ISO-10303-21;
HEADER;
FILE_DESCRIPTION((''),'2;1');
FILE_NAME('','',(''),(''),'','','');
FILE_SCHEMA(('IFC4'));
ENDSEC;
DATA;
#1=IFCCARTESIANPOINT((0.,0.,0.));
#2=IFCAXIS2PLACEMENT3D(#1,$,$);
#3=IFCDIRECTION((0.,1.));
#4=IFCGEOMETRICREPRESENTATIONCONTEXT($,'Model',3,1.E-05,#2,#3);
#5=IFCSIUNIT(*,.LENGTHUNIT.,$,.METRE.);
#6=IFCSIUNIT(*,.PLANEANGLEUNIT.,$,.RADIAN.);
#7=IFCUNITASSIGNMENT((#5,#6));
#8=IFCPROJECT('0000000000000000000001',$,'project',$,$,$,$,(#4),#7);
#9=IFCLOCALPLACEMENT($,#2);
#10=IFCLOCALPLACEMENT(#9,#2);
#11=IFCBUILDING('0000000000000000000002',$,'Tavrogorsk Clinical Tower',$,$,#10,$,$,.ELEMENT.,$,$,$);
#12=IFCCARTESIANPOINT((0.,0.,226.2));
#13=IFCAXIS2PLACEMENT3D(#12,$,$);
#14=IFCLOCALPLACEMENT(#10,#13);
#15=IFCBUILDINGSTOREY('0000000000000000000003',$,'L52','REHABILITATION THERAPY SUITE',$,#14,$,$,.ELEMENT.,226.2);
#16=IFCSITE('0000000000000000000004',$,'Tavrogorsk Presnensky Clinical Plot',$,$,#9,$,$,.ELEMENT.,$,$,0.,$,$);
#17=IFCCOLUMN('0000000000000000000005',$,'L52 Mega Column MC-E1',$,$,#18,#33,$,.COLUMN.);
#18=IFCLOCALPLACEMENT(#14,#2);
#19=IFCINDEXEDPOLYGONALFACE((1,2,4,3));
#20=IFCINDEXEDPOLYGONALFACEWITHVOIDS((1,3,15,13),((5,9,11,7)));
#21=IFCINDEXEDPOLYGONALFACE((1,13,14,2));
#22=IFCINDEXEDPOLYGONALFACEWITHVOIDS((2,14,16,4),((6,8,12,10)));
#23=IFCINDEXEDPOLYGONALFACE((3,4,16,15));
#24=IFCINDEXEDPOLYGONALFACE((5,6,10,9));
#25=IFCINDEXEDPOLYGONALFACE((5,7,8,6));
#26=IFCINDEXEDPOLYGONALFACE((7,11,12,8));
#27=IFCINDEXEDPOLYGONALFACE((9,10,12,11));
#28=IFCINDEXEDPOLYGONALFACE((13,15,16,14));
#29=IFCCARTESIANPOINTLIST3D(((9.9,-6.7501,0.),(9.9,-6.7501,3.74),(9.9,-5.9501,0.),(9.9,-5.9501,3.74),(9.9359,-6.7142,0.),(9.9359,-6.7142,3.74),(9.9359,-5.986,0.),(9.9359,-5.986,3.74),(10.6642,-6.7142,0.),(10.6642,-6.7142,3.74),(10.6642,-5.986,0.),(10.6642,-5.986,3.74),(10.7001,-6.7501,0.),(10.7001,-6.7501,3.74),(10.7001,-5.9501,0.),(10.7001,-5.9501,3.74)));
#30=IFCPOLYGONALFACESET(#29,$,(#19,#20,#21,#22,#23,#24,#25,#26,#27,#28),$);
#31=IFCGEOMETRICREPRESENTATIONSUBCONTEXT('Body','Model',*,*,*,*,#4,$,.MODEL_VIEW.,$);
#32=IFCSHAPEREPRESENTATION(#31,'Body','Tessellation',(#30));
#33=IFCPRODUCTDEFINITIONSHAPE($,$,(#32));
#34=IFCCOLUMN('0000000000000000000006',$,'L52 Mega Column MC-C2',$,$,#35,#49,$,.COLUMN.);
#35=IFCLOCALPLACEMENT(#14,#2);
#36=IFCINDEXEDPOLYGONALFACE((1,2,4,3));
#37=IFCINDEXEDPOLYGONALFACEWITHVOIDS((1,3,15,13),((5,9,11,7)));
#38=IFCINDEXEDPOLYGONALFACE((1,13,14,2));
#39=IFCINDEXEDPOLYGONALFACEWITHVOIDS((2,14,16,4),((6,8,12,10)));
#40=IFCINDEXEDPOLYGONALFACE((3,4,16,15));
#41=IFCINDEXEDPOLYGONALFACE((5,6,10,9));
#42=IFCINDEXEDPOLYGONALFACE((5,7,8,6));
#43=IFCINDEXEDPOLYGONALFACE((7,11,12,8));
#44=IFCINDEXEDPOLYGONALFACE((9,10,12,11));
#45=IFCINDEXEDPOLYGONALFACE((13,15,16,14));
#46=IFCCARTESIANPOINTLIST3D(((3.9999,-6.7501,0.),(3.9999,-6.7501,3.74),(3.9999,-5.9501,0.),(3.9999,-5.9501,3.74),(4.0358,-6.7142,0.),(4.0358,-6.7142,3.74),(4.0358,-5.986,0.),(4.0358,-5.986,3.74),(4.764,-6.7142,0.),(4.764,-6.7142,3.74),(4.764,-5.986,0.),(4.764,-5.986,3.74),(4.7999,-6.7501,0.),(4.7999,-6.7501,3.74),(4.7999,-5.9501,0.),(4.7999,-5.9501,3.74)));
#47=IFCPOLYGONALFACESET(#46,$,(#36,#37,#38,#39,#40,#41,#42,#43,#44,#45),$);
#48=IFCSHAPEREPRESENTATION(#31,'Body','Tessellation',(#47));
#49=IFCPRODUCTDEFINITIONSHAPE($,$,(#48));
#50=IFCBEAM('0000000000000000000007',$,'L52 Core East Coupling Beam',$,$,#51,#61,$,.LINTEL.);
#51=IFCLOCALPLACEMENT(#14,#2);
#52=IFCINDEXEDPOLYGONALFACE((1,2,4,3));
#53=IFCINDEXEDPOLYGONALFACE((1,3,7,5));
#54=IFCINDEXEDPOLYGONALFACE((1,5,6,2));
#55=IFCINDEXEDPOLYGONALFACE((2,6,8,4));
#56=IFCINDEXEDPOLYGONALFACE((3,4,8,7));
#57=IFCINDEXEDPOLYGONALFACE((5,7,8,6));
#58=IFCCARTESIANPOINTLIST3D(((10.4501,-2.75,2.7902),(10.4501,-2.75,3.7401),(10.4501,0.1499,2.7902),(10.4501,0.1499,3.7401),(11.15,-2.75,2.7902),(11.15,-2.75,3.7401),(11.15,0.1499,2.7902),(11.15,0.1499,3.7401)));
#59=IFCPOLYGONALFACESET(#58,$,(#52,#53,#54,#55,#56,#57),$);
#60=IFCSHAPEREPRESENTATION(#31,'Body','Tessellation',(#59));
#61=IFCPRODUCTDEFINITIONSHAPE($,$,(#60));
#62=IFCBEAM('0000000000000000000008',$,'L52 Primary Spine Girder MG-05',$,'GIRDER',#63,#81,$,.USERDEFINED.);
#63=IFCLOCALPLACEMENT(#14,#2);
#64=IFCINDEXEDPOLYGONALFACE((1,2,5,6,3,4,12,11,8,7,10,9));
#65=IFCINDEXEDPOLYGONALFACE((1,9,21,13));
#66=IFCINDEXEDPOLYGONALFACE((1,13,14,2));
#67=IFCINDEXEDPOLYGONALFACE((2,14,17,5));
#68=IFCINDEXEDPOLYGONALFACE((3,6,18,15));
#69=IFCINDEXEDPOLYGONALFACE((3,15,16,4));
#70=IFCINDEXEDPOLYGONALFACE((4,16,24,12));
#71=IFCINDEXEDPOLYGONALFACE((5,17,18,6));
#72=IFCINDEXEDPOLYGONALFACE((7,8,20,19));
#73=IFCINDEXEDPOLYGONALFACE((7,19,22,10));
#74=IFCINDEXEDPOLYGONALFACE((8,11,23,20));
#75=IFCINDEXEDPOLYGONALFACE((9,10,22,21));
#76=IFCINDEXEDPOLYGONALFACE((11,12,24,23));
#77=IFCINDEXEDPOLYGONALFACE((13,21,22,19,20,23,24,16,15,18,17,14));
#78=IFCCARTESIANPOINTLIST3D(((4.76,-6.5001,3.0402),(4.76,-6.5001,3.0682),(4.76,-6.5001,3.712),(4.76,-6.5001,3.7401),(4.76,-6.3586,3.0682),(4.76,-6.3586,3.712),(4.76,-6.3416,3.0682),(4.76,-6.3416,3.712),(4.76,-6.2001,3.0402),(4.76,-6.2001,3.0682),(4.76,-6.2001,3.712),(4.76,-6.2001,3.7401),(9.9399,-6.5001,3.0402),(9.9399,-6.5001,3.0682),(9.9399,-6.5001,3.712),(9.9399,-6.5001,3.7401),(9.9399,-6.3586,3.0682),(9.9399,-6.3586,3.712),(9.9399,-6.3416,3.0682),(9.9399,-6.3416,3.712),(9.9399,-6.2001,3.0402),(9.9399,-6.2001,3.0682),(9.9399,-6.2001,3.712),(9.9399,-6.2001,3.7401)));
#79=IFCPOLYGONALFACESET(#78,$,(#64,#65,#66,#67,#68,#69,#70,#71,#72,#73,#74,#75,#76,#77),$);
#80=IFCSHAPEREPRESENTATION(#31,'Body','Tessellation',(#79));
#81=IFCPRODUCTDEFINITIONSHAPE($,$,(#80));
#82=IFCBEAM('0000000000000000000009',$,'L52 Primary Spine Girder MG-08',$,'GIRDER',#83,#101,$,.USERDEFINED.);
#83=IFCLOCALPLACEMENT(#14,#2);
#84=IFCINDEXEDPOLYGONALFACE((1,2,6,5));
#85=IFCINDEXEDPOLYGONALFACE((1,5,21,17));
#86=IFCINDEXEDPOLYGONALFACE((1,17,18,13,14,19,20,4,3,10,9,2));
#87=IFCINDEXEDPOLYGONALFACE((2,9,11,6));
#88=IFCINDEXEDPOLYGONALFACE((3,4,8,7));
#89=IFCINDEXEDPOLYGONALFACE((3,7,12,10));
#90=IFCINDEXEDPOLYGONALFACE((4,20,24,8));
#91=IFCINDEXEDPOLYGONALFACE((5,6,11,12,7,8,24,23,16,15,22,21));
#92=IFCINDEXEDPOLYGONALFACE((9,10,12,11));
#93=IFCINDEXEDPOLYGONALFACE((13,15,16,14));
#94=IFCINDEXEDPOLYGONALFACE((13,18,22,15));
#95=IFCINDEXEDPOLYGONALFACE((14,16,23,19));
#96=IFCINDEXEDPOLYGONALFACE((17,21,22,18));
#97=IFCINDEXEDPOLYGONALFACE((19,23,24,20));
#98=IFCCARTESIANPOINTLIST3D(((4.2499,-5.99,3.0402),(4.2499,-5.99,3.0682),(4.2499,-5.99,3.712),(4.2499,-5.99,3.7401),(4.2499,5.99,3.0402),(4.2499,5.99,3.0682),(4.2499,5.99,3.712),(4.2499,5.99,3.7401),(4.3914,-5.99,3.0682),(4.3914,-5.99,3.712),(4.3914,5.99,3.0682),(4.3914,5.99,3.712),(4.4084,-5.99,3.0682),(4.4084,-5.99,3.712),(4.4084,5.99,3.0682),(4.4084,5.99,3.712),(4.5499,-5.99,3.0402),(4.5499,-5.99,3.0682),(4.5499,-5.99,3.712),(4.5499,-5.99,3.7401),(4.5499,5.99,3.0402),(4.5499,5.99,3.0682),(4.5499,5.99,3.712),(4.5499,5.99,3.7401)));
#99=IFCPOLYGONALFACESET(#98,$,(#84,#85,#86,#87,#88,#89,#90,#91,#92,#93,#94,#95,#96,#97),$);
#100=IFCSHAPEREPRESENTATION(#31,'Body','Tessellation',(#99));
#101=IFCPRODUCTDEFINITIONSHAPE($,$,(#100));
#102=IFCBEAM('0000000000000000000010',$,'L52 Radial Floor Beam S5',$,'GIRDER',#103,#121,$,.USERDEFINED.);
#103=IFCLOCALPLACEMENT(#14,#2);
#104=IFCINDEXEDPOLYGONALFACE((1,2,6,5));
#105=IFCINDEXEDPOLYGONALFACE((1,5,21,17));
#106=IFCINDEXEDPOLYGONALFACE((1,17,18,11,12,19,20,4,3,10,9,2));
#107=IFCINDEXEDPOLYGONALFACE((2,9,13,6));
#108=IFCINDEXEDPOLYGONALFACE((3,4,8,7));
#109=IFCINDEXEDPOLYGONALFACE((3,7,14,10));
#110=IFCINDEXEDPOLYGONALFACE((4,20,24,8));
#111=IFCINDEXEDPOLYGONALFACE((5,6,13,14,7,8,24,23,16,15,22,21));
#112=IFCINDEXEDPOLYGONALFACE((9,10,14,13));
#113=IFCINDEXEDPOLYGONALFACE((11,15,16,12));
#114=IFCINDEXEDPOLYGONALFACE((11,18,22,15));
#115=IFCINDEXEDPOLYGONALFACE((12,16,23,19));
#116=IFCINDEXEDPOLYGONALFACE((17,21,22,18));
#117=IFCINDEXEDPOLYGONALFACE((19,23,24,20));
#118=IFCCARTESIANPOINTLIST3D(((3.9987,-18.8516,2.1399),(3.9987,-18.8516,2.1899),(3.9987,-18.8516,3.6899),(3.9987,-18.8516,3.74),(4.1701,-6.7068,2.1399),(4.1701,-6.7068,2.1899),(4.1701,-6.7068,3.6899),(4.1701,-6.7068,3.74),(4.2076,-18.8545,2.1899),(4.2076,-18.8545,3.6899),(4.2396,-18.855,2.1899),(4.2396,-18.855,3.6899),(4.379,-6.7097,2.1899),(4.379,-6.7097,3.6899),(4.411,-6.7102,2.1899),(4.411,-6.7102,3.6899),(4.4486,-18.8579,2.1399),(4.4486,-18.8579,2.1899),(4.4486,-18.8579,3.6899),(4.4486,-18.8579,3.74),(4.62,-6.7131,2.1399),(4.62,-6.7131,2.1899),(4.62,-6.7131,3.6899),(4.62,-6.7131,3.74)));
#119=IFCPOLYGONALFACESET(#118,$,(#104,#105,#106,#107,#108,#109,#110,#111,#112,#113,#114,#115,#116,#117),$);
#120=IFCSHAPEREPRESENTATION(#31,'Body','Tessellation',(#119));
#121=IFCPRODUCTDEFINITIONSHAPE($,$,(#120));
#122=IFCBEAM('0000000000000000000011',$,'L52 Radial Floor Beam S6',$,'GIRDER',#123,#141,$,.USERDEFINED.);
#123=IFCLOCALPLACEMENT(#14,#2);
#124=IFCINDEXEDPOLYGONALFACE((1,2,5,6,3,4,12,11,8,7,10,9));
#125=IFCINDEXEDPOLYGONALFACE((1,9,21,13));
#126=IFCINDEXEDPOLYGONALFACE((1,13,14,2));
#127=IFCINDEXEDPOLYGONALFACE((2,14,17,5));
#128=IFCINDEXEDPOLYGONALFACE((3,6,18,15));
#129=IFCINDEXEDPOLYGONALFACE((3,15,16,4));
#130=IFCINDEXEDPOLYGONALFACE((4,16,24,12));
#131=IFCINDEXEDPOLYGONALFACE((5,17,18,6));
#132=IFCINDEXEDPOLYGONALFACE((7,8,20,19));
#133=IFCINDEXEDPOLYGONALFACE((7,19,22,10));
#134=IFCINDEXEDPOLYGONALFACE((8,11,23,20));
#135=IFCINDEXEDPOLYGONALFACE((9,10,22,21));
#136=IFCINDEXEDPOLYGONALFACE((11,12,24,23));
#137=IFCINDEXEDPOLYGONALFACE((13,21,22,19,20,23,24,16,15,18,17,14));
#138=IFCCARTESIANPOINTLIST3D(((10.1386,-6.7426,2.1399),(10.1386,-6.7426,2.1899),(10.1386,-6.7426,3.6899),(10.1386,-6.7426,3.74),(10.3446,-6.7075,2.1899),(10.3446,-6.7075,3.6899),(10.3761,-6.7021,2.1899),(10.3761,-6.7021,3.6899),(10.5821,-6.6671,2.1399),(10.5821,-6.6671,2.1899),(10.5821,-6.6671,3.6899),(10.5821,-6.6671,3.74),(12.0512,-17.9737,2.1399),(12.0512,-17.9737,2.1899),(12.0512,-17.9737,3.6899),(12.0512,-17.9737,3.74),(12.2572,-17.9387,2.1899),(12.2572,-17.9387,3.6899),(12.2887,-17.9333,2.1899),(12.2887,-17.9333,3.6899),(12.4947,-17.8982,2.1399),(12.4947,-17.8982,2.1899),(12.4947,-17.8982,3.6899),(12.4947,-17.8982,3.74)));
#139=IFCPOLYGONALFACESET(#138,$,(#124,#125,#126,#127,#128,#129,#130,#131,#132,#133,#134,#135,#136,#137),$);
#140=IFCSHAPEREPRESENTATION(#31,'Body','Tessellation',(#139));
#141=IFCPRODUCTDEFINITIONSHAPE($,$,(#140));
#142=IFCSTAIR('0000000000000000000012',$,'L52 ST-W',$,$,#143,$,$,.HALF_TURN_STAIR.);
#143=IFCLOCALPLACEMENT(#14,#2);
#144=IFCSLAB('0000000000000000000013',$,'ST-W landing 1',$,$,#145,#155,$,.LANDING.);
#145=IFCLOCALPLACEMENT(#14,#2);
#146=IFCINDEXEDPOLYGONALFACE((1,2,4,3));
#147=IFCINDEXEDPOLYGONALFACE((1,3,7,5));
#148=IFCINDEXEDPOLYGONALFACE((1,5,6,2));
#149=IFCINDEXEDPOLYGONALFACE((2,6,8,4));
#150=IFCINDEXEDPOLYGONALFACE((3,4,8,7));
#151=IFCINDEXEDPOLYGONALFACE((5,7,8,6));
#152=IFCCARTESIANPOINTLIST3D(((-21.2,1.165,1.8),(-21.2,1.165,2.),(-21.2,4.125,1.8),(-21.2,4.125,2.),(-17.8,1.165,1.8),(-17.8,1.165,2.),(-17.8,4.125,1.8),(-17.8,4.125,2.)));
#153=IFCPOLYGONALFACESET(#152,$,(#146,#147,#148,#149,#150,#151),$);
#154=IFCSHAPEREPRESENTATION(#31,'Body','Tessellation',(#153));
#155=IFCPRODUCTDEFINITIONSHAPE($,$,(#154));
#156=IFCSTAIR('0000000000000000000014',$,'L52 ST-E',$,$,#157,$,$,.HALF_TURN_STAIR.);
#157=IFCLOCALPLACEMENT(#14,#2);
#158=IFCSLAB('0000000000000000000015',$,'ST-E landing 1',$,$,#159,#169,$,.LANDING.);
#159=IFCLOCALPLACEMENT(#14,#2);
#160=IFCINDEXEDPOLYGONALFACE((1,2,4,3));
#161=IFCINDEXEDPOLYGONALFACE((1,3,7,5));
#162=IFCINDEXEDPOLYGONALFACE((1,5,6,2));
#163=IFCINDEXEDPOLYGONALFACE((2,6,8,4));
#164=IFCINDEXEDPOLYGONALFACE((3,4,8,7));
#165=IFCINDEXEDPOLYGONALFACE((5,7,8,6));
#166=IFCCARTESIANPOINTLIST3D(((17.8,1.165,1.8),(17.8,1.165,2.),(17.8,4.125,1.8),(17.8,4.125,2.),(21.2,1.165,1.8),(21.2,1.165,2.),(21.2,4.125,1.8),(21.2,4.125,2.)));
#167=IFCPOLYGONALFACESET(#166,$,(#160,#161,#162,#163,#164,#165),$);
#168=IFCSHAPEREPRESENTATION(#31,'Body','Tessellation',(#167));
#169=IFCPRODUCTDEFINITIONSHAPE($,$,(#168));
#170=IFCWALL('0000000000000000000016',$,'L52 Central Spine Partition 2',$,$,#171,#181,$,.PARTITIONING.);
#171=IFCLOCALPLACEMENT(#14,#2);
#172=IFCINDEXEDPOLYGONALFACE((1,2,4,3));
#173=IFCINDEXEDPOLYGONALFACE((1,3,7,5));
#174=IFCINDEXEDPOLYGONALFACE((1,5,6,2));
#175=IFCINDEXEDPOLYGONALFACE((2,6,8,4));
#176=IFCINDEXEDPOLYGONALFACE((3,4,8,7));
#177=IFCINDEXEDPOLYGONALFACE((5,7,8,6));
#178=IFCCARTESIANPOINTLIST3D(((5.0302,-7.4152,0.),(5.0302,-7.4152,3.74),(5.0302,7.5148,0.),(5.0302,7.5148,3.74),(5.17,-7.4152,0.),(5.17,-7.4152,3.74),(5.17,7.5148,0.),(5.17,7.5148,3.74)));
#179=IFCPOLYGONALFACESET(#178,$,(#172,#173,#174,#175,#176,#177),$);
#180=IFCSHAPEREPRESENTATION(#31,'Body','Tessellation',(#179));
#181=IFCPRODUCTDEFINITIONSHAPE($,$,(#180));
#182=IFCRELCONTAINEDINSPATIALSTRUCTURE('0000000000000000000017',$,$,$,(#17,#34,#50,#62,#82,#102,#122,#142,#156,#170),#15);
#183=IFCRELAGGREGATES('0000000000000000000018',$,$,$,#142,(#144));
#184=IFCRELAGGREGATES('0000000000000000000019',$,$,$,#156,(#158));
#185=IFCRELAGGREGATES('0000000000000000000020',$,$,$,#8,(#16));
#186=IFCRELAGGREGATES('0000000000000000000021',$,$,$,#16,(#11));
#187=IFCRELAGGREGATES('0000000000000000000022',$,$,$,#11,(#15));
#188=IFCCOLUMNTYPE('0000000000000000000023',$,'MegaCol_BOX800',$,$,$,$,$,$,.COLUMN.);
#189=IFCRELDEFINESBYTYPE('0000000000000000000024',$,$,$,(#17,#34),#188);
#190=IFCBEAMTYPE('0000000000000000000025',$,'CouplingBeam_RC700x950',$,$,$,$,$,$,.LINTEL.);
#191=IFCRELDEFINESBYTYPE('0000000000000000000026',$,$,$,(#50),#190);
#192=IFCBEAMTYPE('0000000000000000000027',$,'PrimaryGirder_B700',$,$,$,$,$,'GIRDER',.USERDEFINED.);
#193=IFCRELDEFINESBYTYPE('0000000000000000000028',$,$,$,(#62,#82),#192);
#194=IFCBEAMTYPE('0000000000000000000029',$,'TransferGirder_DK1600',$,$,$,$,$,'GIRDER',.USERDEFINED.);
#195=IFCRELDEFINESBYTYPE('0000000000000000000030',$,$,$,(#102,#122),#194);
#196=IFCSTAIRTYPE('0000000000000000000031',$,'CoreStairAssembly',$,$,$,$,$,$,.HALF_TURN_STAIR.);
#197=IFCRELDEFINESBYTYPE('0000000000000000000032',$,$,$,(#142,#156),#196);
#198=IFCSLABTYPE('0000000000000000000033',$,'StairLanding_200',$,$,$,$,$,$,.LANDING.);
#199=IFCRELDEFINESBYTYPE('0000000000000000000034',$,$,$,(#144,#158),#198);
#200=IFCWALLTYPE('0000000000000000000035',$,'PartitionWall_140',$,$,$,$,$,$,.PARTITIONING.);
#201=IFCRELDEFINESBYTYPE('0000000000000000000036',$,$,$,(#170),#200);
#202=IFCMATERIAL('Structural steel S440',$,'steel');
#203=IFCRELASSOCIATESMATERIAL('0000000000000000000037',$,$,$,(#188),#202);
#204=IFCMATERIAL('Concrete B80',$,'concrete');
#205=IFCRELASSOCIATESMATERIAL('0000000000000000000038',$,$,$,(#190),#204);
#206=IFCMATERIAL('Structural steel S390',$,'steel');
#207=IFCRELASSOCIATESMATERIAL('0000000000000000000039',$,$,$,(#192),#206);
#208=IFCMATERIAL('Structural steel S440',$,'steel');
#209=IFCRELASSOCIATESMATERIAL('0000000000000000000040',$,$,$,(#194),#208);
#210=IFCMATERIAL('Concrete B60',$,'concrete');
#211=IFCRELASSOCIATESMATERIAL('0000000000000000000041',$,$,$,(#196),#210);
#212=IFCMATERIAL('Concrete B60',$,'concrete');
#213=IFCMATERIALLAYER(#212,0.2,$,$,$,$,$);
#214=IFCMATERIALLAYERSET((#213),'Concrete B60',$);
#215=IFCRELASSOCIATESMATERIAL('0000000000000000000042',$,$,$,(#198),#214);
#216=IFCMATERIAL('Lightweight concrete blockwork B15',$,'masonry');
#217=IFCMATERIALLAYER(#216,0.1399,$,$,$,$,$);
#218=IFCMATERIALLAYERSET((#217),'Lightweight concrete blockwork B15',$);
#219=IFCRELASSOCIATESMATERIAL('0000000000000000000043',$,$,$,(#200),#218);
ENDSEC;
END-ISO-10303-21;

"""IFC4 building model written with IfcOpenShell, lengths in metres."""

from ifc_helpers import new_model, si_unit, direction, frame, frame_2d, origin, origin_2d, place, context, subcontext, project, spatial, polyline, rectangle, hollow_rectangle, i_section, outline, extrude, material, layer, layer_set, material_profile, profile_set, type_object, element, aggregate, save


model = new_model("IFC4")

# Units and contexts
model_context = context("Model", 3, precision=1e-05, world=origin(), true_north=direction((0.0, 1.0)))
body_context = subcontext(model_context, "Body", "Model", "MODEL_VIEW")
ifc_project = project(units=[si_unit("LENGTHUNIT", "METRE"), si_unit("PLANEANGLEUNIT", "RADIAN")], contexts=[model_context])

# Site, building, storey
site_placement = place(None, origin())
site = spatial("IfcSite", under=ifc_project, at=site_placement, Name="Tavrogorsk Presnensky Clinical Plot", CompositionType="ELEMENT", RefElevation=0.0)
building_placement = place(site_placement, origin())
building = spatial("IfcBuilding", under=site, at=building_placement, Name="Tavrogorsk Clinical Tower", CompositionType="ELEMENT")
storey_placement = place(building_placement, frame((0.0, 0.0, 226.2)))
storey = spatial("IfcBuildingStorey", under=building, at=storey_placement, Name="L52", Description="REHABILITATION THERAPY SUITE", CompositionType="ELEMENT", Elevation=226.2)

# Columns
ifc_material_1 = material(Name="Structural steel S440", Category="steel")
ifc_material_profile_1 = material_profile(ifc_material_1, hollow_rectangle(XDim=0.8, YDim=0.8, WallThickness=0.0359, at=origin_2d()), Name="BOX-800x800x36")
ifc_profile_set_1 = profile_set([ifc_material_profile_1], Name="Structural steel S440")
column_type = type_object("IfcColumnType", Name="MegaCol_BOX800", PredefinedType="COLUMN", material=ifc_profile_set_1)
for number, where, z_axis, x_axis, name in (
    (1, (10.3, -6.3501, 0.0), (0.0, 0.0, 1.0), (1.0, 0.0, 0.0), "L52 Mega Column MC-E1"),
    (2, (4.3999, -6.3501, 0.0), (0.0, 0.0, 1.0), (1.0, 0.0, 0.0), "L52 Mega Column MC-C2"),
):
    element("IfcColumn", number, at=place(storey_placement, frame(where, z_axis=z_axis, x_axis=x_axis)), inside=storey, type_object=column_type, Name=name, PredefinedType="COLUMN", context=body_context, shape_type="SweptSolid", body=[
        extrude(hollow_rectangle(XDim=0.8, YDim=0.8, WallThickness=0.0359, at=origin_2d()), origin(), (0.0, 0.0, 1.0), 3.74),
    ])

# Beams
ifc_material_2 = material(Name="Concrete B80", Category="concrete")
ifc_material_profile_2 = material_profile(ifc_material_2, rectangle(XDim=0.7, YDim=0.95, at=origin_2d()), Name="RC-CB-700x950")
ifc_profile_set_2 = profile_set([ifc_material_profile_2], Name="Concrete B80")
beam_type_1 = type_object("IfcBeamType", Name="CouplingBeam_RC700x950", PredefinedType="LINTEL", material=ifc_profile_set_2)
beam_1_placement = place(storey_placement, frame((10.8, -2.75, 3.2651), z_axis=(0.0, 1.0, 0.0), x_axis=(-1.0, 0.0, 0.0)))
element("IfcBeam", 3, at=beam_1_placement, inside=storey, type_object=beam_type_1, Name="L52 Core East Coupling Beam", PredefinedType="LINTEL", context=body_context, shape_type="SweptSolid", body=[
    extrude(rectangle(XDim=0.7, YDim=0.95, at=origin_2d()), origin(), (0.0, 0.0, 1.0), 2.8999),
])
ifc_material_3 = material(Name="Structural steel S390", Category="steel")
ifc_material_profile_3 = material_profile(ifc_material_3, i_section(OverallWidth=0.3, OverallDepth=0.7, WebThickness=0.0171, FlangeThickness=0.0281, at=origin_2d()), Name="B-700x300x17x28")
ifc_profile_set_3 = profile_set([ifc_material_profile_3], Name="Structural steel S390")
beam_type_2 = type_object("IfcBeamType", Name="PrimaryGirder_B700", ElementType="GIRDER", PredefinedType="USERDEFINED", material=ifc_profile_set_3)
beam_2_placement = place(storey_placement, frame((4.76, -6.3501, 3.3901), z_axis=(1.0, 0.0, 0.0), x_axis=(0.0, 1.0, 0.0)))
element("IfcBeam", 4, at=beam_2_placement, inside=storey, type_object=beam_type_2, Name="L52 Primary Spine Girder MG-05", ObjectType="GIRDER", PredefinedType="USERDEFINED", context=body_context, shape_type="SweptSolid", body=[
    extrude(i_section(OverallWidth=0.3, OverallDepth=0.7, WebThickness=0.0171, FlangeThickness=0.0281, at=origin_2d()), origin(), (0.0, 0.0, 1.0), 5.1799),
])
beam_3_placement = place(storey_placement, frame((4.3999, -5.99, 3.3901), z_axis=(0.0, 1.0, 0.0), x_axis=(-1.0, 0.0, 0.0)))
element("IfcBeam", 5, at=beam_3_placement, inside=storey, type_object=beam_type_2, Name="L52 Primary Spine Girder MG-08", ObjectType="GIRDER", PredefinedType="USERDEFINED", context=body_context, shape_type="SweptSolid", body=[
    extrude(i_section(OverallWidth=0.3, OverallDepth=0.7, WebThickness=0.0171, FlangeThickness=0.0281, at=origin_2d()), origin(), (0.0, 0.0, 1.0), 11.98),
])
ifc_material_4 = material(Name="Structural steel S440", Category="steel")
ifc_material_profile_4 = material_profile(ifc_material_4, i_section(OverallWidth=0.45, OverallDepth=1.6001, WebThickness=0.032, FlangeThickness=0.05, at=origin_2d()), Name="DK-1600x450x32x50")
ifc_profile_set_4 = profile_set([ifc_material_profile_4], Name="Structural steel S440")
beam_type_3 = type_object("IfcBeamType", Name="TransferGirder_DK1600", ElementType="GIRDER", PredefinedType="USERDEFINED", material=ifc_profile_set_4)
beam_4_placement = place(storey_placement, frame((4.395, -6.71, 2.9399), z_axis=(-0.014111, -0.9999, 0.0), x_axis=(0.9999, -0.014111, 0.0)))
element("IfcBeam", 6, at=beam_4_placement, inside=storey, type_object=beam_type_3, Name="L52 Radial Floor Beam S5", ObjectType="GIRDER", PredefinedType="USERDEFINED", context=body_context, shape_type="SweptSolid", body=[
    extrude(i_section(OverallWidth=0.45, OverallDepth=1.6001, WebThickness=0.032, FlangeThickness=0.05, at=origin_2d()), origin(), (0.0, 0.0, 1.0), 12.146),
])
beam_5_placement = place(storey_placement, frame((10.3604, -6.7048, 2.9399), z_axis=(0.167876, -0.985808, 0.0), x_axis=(0.985808, 0.167876, 0.0)))
element("IfcBeam", 7, at=beam_5_placement, inside=storey, type_object=beam_type_3, Name="L52 Radial Floor Beam S6", ObjectType="GIRDER", PredefinedType="USERDEFINED", context=body_context, shape_type="SweptSolid", body=[
    extrude(i_section(OverallWidth=0.45, OverallDepth=1.6001, WebThickness=0.032, FlangeThickness=0.05, at=origin_2d()), origin(), (0.0, 0.0, 1.0), 11.3928),
])

# Stairs, slabs
ifc_material_5 = material(Name="Concrete B60", Category="concrete")
stair_type = type_object("IfcStairType", Name="CoreStairAssembly", PredefinedType="HALF_TURN_STAIR", material=ifc_material_5)
stair_1_placement = place(storey_placement, origin())
stair_1 = element("IfcStair", 8, at=stair_1_placement, inside=storey, type_object=stair_type, Name="L52 ST-W", PredefinedType="HALF_TURN_STAIR")
ifc_material_6 = material(Name="Concrete B60", Category="concrete")
ifc_layer_1 = layer(ifc_material_6, 0.2)
ifc_layer_set_1 = layer_set([ifc_layer_1], Name="Concrete B60")
slab_type = type_object("IfcSlabType", Name="StairLanding_200", PredefinedType="LANDING", material=ifc_layer_set_1)
slab_1_placement = place(storey_placement, frame((0.0, 0.0, 1.8)))
slab_1 = element("IfcSlab", 9, at=slab_1_placement, type_object=slab_type, Name="ST-W landing 1", PredefinedType="LANDING", context=body_context, shape_type="SweptSolid", body=[
    extrude(outline(polyline([(-17.8, 1.165), (-17.8, 4.125), (-21.2, 4.125), (-21.2, 1.165), (-17.8, 1.165)])), origin(), (0.0, 0.0, 1.0), 0.2),
])
aggregate(stair_1, [slab_1])
stair_2_placement = place(storey_placement, origin())
stair_2 = element("IfcStair", 10, at=stair_2_placement, inside=storey, type_object=stair_type, Name="L52 ST-E", PredefinedType="HALF_TURN_STAIR")
slab_2_placement = place(storey_placement, frame((0.0, 0.0, 1.8)))
slab_2 = element("IfcSlab", 11, at=slab_2_placement, type_object=slab_type, Name="ST-E landing 1", PredefinedType="LANDING", context=body_context, shape_type="SweptSolid", body=[
    extrude(outline(polyline([(21.2, 1.165), (21.2, 4.125), (17.8, 4.125), (17.8, 1.165), (21.2, 1.165)])), origin(), (0.0, 0.0, 1.0), 0.2),
])
aggregate(stair_2, [slab_2])

# Wall
ifc_material_7 = material(Name="Lightweight concrete blockwork B15", Category="masonry")
ifc_layer_2 = layer(ifc_material_7, 0.1399)
ifc_layer_set_2 = layer_set([ifc_layer_2], Name="Lightweight concrete blockwork B15")
wall_type_1 = type_object("IfcWallType", Name="PartitionWall_140", PredefinedType="PARTITIONING", material=ifc_layer_set_2)
wall_1_placement = place(storey_placement, frame((5.1001, -7.415, 0.0), z_axis=(0.0, 0.0, 1.0), x_axis=(0.0, 1.0, 0.0)))
element("IfcWall", 12, at=wall_1_placement, inside=storey, type_object=wall_type_1, Name="L52 Central Spine Partition 2", PredefinedType="PARTITIONING", context=body_context, shape_type="SweptSolid", body=[
    extrude(rectangle(XDim=14.9299, YDim=0.1399, at=frame_2d((7.4648, 0.0))), origin(), (0.0, 0.0, 1.0), 3.74),
])

save(model, "model.ifc")
